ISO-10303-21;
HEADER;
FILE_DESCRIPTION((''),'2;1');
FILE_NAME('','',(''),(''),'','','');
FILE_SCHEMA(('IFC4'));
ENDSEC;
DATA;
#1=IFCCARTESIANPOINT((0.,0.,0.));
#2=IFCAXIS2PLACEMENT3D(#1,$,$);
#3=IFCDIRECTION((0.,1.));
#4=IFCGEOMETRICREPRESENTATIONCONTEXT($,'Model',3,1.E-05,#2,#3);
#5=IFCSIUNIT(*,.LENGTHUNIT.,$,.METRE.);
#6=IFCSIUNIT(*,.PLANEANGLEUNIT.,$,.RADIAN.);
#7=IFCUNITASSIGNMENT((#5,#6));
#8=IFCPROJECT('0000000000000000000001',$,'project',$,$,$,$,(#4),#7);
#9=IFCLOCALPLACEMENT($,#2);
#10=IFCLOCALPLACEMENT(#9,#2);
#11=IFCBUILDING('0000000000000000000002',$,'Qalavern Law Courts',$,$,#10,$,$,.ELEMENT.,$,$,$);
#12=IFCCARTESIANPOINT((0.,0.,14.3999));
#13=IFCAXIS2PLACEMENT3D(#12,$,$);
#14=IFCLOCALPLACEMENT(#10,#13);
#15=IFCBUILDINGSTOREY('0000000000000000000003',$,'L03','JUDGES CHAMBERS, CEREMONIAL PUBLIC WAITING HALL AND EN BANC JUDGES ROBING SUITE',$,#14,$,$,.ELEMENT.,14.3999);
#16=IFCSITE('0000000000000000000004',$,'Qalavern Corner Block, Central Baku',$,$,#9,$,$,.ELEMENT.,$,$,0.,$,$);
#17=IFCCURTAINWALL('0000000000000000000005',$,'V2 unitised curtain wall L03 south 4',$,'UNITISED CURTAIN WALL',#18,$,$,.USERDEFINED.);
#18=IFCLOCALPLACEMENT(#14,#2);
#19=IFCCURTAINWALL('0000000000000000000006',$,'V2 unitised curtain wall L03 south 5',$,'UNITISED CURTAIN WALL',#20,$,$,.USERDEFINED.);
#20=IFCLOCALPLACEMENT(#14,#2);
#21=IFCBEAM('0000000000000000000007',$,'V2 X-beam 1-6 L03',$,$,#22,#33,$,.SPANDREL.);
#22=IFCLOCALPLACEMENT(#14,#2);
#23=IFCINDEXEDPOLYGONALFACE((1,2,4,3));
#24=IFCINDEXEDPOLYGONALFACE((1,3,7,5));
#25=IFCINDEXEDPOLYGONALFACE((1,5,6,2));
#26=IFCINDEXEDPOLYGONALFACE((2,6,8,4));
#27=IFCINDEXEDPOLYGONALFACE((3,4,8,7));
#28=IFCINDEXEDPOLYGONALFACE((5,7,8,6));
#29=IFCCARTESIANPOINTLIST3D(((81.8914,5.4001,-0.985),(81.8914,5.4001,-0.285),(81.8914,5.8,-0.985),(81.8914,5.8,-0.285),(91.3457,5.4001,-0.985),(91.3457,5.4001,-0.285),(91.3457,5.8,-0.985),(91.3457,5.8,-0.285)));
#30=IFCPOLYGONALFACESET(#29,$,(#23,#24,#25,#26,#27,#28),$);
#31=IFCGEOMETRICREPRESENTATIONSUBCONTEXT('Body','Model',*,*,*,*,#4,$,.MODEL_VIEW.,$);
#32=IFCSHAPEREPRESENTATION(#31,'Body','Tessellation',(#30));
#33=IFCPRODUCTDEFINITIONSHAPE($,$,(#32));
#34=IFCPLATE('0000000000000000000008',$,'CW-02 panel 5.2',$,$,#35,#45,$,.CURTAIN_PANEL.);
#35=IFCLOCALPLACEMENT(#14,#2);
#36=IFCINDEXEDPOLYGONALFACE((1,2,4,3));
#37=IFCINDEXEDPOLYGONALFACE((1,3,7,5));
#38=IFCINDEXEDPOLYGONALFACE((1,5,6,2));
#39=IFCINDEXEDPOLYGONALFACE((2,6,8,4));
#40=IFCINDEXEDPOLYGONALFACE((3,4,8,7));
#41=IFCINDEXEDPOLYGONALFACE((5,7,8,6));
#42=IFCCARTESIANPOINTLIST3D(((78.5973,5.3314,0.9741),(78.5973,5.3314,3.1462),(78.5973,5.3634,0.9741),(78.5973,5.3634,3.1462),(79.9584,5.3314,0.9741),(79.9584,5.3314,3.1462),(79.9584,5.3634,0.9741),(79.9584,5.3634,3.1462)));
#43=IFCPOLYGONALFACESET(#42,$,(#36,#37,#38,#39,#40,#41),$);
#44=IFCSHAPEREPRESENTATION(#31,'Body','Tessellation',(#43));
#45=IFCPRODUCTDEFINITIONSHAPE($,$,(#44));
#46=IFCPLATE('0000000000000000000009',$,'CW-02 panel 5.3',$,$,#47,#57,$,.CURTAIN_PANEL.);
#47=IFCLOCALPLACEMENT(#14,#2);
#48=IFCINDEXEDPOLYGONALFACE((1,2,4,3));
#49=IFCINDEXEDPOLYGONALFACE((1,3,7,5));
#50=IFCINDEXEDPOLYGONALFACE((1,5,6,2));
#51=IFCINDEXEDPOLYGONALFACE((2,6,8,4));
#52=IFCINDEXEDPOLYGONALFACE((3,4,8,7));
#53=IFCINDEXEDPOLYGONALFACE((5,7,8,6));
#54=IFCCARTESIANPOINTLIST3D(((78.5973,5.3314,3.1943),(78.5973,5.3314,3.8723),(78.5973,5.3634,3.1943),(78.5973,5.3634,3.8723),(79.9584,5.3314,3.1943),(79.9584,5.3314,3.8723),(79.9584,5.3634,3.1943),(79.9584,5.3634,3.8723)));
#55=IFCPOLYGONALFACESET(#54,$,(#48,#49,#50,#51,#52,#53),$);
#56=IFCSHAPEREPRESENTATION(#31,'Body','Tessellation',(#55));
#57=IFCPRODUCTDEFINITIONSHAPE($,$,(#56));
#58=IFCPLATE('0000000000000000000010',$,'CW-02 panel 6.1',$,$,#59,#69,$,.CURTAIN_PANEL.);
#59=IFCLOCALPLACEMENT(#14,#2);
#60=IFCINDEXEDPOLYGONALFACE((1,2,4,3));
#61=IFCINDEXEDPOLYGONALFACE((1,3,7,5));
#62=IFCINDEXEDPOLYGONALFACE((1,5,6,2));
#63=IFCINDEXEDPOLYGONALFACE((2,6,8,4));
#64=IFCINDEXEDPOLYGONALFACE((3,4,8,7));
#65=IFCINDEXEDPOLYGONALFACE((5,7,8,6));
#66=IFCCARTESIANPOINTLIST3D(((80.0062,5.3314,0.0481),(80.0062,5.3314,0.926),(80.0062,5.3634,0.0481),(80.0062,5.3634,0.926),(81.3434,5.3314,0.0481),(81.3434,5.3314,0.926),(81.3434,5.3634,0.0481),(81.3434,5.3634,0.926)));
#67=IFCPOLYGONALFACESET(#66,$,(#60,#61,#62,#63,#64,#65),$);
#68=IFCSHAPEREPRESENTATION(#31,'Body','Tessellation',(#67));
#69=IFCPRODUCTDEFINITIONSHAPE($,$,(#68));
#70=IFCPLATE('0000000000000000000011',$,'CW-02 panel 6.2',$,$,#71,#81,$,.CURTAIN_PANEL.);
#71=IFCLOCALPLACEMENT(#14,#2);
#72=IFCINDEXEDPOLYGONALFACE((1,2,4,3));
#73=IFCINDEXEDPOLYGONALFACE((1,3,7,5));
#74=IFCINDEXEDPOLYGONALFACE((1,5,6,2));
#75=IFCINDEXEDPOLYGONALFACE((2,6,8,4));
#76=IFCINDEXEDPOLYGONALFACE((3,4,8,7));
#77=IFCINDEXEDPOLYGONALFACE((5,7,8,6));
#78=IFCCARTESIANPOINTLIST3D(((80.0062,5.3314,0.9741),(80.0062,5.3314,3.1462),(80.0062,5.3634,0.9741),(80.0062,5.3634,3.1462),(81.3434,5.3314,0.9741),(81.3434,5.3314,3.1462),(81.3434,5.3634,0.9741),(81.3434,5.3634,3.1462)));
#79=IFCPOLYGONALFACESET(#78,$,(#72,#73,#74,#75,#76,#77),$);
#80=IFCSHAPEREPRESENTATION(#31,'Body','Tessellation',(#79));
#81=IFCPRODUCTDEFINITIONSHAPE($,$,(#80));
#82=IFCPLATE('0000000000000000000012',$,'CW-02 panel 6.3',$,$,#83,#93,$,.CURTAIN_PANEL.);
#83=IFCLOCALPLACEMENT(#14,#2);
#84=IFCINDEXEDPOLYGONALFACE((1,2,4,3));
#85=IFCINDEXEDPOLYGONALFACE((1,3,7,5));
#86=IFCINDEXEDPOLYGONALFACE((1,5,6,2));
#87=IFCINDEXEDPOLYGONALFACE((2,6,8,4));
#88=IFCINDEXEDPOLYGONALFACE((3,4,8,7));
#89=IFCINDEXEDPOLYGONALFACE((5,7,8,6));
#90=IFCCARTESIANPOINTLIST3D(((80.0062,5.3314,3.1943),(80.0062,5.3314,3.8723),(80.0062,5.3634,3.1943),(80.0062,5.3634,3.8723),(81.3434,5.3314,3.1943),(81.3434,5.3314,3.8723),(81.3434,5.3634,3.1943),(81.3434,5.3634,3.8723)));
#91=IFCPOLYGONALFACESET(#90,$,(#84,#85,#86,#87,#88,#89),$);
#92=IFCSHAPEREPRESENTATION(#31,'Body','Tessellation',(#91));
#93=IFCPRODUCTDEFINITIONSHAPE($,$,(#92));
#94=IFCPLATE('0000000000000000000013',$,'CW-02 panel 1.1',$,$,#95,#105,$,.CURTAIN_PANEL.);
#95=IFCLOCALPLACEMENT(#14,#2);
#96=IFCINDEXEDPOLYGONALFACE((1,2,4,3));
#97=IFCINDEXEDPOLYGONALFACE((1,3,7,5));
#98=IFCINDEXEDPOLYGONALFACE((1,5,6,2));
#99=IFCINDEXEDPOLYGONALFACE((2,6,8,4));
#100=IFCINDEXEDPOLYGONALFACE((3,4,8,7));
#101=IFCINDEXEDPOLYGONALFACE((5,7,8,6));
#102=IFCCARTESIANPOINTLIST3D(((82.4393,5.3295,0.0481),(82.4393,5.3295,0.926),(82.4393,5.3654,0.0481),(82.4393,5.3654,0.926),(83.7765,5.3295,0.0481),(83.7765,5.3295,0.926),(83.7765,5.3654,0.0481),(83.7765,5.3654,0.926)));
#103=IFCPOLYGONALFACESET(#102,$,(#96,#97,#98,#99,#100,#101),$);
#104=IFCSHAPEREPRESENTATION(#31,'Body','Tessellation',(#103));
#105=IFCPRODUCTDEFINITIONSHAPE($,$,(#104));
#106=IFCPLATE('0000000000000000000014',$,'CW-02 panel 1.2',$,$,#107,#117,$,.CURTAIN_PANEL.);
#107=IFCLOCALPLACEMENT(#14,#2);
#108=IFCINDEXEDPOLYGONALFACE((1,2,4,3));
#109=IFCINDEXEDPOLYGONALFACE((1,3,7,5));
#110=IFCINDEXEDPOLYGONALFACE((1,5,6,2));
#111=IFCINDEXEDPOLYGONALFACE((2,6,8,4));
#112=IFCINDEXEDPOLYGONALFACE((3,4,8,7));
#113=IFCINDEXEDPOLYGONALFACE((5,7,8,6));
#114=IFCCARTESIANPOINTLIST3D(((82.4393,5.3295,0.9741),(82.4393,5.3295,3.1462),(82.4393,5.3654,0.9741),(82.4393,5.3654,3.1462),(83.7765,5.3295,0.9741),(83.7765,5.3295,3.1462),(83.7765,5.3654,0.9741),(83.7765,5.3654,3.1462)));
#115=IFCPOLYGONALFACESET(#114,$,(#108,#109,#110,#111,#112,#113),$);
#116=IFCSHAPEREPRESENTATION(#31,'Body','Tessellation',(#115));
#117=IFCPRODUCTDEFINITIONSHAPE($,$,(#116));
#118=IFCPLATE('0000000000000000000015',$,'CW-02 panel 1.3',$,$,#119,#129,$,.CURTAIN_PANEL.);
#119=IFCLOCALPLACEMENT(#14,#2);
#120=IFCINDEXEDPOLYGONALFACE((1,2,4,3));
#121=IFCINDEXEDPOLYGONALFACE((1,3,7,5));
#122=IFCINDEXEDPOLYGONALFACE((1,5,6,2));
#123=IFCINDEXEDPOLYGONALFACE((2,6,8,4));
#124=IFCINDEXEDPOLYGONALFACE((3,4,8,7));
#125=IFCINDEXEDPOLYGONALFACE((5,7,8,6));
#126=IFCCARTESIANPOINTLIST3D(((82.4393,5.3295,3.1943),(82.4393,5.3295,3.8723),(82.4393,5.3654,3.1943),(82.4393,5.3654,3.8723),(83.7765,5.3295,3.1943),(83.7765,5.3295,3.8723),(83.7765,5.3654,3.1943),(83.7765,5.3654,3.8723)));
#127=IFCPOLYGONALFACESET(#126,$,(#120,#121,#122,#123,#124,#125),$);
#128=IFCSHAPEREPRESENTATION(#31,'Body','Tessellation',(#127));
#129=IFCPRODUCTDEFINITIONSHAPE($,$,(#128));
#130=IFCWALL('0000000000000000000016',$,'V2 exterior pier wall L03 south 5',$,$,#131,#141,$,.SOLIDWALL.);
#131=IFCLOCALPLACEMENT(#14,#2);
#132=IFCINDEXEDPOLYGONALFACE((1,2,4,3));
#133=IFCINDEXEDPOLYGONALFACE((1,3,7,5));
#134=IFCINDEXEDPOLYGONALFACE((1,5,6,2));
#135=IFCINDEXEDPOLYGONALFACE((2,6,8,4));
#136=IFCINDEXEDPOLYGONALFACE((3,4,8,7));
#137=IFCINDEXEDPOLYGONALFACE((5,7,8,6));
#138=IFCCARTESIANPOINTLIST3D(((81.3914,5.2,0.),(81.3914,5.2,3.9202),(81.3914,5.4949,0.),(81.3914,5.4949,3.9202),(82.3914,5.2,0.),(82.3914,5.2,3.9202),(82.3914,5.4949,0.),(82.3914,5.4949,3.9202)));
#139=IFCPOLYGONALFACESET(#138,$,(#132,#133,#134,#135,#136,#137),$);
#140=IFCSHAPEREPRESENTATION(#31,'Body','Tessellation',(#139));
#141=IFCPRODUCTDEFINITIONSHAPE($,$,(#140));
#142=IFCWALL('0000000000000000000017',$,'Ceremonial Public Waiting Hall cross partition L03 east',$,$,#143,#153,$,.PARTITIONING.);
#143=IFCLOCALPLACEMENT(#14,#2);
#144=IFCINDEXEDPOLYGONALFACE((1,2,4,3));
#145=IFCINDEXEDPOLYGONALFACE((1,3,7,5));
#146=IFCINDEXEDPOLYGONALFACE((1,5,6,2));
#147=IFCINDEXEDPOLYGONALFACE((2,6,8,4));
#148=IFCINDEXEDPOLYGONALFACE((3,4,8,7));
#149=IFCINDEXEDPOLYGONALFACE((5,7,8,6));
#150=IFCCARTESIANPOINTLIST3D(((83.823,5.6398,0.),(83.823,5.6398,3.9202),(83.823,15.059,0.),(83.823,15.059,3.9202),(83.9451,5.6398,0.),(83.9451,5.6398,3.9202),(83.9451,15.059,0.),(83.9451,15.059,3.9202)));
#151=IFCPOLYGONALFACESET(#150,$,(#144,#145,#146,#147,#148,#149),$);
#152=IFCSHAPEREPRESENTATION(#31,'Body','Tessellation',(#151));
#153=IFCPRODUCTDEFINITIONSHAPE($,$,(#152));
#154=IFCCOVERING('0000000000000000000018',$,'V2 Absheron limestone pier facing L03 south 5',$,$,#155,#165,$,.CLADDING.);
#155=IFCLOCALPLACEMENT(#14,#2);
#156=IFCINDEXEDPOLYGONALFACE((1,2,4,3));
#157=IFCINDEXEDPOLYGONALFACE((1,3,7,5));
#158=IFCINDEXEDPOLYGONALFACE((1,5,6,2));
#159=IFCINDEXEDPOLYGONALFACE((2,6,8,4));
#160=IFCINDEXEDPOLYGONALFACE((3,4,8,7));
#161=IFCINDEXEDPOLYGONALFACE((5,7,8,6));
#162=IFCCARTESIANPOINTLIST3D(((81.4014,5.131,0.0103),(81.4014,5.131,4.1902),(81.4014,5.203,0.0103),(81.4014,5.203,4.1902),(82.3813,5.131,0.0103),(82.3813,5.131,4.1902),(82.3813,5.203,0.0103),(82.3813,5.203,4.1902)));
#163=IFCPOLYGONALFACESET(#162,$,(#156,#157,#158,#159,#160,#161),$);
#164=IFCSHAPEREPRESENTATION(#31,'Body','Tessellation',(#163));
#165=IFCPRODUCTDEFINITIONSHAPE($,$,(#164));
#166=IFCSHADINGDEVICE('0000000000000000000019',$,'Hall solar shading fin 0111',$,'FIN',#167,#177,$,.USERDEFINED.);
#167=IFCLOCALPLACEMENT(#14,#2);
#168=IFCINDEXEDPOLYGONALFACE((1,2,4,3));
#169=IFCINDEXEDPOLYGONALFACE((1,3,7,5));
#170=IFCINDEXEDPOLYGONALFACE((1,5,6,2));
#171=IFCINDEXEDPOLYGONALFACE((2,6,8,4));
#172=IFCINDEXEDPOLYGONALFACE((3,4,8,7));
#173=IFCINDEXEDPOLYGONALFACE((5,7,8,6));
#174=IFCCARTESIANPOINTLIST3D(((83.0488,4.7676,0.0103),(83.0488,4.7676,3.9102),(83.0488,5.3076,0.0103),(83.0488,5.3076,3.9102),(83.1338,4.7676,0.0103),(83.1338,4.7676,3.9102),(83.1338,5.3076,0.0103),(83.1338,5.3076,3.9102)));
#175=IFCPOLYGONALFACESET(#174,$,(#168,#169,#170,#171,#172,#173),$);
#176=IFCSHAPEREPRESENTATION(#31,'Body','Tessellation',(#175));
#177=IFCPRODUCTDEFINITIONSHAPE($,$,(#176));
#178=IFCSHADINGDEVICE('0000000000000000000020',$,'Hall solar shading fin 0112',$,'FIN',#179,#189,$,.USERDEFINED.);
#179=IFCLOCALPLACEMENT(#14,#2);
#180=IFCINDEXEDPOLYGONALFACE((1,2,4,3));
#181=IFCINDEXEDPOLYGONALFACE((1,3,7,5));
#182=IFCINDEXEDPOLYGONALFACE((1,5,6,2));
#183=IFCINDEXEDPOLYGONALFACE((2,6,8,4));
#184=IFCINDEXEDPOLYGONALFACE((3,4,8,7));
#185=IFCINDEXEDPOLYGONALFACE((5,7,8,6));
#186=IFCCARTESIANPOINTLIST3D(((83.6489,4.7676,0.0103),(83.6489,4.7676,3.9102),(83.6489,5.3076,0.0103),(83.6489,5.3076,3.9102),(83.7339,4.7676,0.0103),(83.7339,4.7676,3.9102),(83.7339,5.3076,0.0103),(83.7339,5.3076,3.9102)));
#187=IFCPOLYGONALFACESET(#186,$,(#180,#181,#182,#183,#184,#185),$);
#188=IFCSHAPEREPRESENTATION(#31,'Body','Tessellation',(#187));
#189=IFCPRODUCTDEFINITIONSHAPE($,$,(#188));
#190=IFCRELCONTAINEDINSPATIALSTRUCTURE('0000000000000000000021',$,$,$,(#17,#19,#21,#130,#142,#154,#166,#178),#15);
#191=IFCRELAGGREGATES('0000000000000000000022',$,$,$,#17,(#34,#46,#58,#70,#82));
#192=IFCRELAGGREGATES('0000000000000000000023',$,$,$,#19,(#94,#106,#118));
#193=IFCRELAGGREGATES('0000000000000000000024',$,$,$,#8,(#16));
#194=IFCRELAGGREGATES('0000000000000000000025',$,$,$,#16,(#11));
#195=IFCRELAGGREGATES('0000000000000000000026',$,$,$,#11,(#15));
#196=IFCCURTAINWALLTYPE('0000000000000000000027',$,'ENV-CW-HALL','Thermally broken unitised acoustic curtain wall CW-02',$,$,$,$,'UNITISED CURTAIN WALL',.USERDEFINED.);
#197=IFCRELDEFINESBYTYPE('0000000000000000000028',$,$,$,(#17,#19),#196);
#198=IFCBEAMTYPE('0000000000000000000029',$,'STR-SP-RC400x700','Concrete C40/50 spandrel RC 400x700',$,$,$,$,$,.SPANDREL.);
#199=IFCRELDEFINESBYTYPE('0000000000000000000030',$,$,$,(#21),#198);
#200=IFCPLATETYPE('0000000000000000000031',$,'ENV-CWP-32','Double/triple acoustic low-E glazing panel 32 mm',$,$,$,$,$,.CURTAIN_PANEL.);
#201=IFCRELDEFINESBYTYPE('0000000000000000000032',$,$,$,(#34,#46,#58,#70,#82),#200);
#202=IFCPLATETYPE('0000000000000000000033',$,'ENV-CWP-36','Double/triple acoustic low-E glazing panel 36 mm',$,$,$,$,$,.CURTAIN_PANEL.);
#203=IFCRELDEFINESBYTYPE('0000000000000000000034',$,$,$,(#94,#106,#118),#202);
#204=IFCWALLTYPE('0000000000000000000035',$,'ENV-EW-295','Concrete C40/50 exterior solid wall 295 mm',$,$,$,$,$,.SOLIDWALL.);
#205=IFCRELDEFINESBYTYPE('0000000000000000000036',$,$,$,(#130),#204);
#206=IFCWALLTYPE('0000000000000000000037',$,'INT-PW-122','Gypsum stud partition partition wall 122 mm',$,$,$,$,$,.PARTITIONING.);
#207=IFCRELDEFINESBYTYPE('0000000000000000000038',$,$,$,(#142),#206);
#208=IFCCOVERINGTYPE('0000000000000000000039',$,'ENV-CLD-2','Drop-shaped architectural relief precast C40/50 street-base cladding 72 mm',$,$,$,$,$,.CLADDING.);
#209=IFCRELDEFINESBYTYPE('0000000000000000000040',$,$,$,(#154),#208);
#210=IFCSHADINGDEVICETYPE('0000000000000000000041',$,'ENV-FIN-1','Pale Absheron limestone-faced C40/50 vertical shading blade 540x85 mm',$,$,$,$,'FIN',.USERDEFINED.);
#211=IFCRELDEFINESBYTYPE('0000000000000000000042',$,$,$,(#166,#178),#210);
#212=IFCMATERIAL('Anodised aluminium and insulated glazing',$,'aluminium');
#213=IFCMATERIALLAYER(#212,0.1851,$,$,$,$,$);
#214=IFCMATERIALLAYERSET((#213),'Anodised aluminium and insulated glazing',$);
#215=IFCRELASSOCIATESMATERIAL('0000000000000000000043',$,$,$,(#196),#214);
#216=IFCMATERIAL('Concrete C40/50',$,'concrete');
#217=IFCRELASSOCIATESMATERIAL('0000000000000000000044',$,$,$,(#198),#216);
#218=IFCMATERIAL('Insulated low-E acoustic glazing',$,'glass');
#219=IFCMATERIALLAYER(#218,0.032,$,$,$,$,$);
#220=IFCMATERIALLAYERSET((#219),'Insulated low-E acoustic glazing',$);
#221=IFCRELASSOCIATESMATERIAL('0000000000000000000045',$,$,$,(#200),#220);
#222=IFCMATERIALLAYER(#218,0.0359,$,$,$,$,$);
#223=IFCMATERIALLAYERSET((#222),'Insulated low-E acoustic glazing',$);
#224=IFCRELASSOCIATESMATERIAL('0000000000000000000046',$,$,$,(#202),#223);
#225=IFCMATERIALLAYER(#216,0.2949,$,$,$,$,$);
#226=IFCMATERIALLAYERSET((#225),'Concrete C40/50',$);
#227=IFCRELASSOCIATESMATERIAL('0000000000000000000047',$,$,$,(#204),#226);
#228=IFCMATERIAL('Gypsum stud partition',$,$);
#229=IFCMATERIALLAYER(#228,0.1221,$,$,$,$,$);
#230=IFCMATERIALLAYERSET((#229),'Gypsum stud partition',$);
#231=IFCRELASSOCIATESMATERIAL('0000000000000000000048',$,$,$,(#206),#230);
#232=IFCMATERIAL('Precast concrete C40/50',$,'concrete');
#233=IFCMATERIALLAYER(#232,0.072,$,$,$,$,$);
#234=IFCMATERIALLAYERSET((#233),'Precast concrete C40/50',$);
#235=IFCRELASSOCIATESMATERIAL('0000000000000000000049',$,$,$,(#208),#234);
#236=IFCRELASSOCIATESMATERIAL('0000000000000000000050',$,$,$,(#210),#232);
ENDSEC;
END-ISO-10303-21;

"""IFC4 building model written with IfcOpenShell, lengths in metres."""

from ifc_helpers import new_model, si_unit, direction, frame, frame_2d, origin, origin_2d, place, context, subcontext, project, spatial, rectangle, extrude, material, layer, layer_set, material_profile, profile_set, type_object, element, aggregate, save


model = new_model("IFC4")

# Units and contexts
model_context = context("Model", 3, precision=1e-05, world=origin(), true_north=direction((0.0, 1.0)))
body_context = subcontext(model_context, "Body", "Model", "MODEL_VIEW")
ifc_project = project(units=[si_unit("LENGTHUNIT", "METRE"), si_unit("PLANEANGLEUNIT", "RADIAN")], contexts=[model_context])

# Site, building, storey
site_placement = place(None, origin())
site = spatial("IfcSite", under=ifc_project, at=site_placement, Name="Qalavern Corner Block, Central Baku", CompositionType="ELEMENT", RefElevation=0.0)
building_placement = place(site_placement, origin())
building = spatial("IfcBuilding", under=site, at=building_placement, Name="Qalavern Law Courts", CompositionType="ELEMENT")
storey_placement = place(building_placement, frame((0.0, 0.0, 14.3999)))
storey = spatial("IfcBuildingStorey", under=building, at=storey_placement, Name="L03", Description="JUDGES CHAMBERS, CEREMONIAL PUBLIC WAITING HALL AND EN BANC JUDGES ROBING SUITE", CompositionType="ELEMENT", Elevation=14.3999)

# Curtain walls
ifc_material_1 = material(Name="Anodised aluminium and insulated glazing", Category="aluminium")
ifc_layer_1 = layer(ifc_material_1, 0.1851)
ifc_layer_set_1 = layer_set([ifc_layer_1], Name="Anodised aluminium and insulated glazing")
curtain_wall_type = type_object("IfcCurtainWallType", Name="ENV-CW-HALL", Description="Thermally broken unitised acoustic curtain wall CW-02", ElementType="UNITISED CURTAIN WALL", PredefinedType="USERDEFINED", material=ifc_layer_set_1)
curtain_wall_1_placement = place(storey_placement, origin())
curtain_wall_1 = element("IfcCurtainWall", 1, at=curtain_wall_1_placement, inside=storey, type_object=curtain_wall_type, Name="V2 unitised curtain wall L03 south 4", ObjectType="UNITISED CURTAIN WALL", PredefinedType="USERDEFINED")
curtain_wall_2_placement = place(storey_placement, origin())
curtain_wall_2 = element("IfcCurtainWall", 2, at=curtain_wall_2_placement, inside=storey, type_object=curtain_wall_type, Name="V2 unitised curtain wall L03 south 5", ObjectType="UNITISED CURTAIN WALL", PredefinedType="USERDEFINED")

# Beam
ifc_material_2 = material(Name="Concrete C40/50", Category="concrete")
ifc_material_profile_1 = material_profile(ifc_material_2, rectangle(XDim=0.3999, YDim=0.7, at=origin_2d()), Name="RC 400x700")
ifc_profile_set_1 = profile_set([ifc_material_profile_1], Name="Concrete C40/50")
beam_type_1 = type_object("IfcBeamType", Name="STR-SP-RC400x700", Description="Concrete C40/50 spandrel RC 400x700", PredefinedType="SPANDREL", material=ifc_profile_set_1)
beam_1_placement = place(storey_placement, frame((81.8914, 5.6001, -0.635), z_axis=(1.0, 0.0, 0.0), x_axis=(0.0, 1.0, 0.0)))
element("IfcBeam", 3, at=beam_1_placement, inside=storey, type_object=beam_type_1, Name="V2 X-beam 1-6 L03", PredefinedType="SPANDREL", context=body_context, shape_type="SweptSolid", body=[
    extrude(rectangle(XDim=0.3999, YDim=0.7, at=origin_2d()), origin(), (0.0, 0.0, 1.0), 9.4543),
])

# Plates
ifc_material_3 = material(Name="Insulated low-E acoustic glazing", Category="glass")
ifc_layer_2 = layer(ifc_material_3, 0.032)
ifc_layer_set_2 = layer_set([ifc_layer_2], Name="Insulated low-E acoustic glazing")
plate_type_1 = type_object("IfcPlateType", Name="ENV-CWP-32", Description="Double/triple acoustic low-E glazing panel 32 mm", PredefinedType="CURTAIN_PANEL", material=ifc_layer_set_2)
plate_1_placement = place(storey_placement, frame((79.2778, 5.3474, 0.9741), z_axis=(0.0, 0.0, 1.0), x_axis=(1.0, 0.0, 0.0)))
plate_1 = element("IfcPlate", 4, at=plate_1_placement, type_object=plate_type_1, Name="CW-02 panel 5.2", PredefinedType="CURTAIN_PANEL", context=body_context, shape_type="SweptSolid", body=[
    extrude(rectangle(XDim=1.3611, YDim=0.032, at=origin_2d()), origin(), (0.0, 0.0, 1.0), 2.1721),
])
plate_2_placement = place(storey_placement, frame((79.2778, 5.3474, 3.1943), z_axis=(0.0, 0.0, 1.0), x_axis=(1.0, 0.0, 0.0)))
plate_2 = element("IfcPlate", 5, at=plate_2_placement, type_object=plate_type_1, Name="CW-02 panel 5.3", PredefinedType="CURTAIN_PANEL", context=body_context, shape_type="SweptSolid", body=[
    extrude(rectangle(XDim=1.3611, YDim=0.032, at=origin_2d()), origin(), (0.0, 0.0, 1.0), 0.678),
])
plate_3_placement = place(storey_placement, frame((80.6748, 5.3474, 0.0481), z_axis=(0.0, 0.0, 1.0), x_axis=(1.0, 0.0, 0.0)))
plate_3 = element("IfcPlate", 6, at=plate_3_placement, type_object=plate_type_1, Name="CW-02 panel 6.1", PredefinedType="CURTAIN_PANEL", context=body_context, shape_type="SweptSolid", body=[
    extrude(rectangle(XDim=1.3372, YDim=0.032, at=origin_2d()), origin(), (0.0, 0.0, 1.0), 0.8779),
])
plate_4_placement = place(storey_placement, frame((80.6748, 5.3474, 0.9741), z_axis=(0.0, 0.0, 1.0), x_axis=(1.0, 0.0, 0.0)))
plate_4 = element("IfcPlate", 7, at=plate_4_placement, type_object=plate_type_1, Name="CW-02 panel 6.2", PredefinedType="CURTAIN_PANEL", context=body_context, shape_type="SweptSolid", body=[
    extrude(rectangle(XDim=1.3372, YDim=0.032, at=origin_2d()), origin(), (0.0, 0.0, 1.0), 2.1721),
])
plate_5_placement = place(storey_placement, frame((80.6748, 5.3474, 3.1943), z_axis=(0.0, 0.0, 1.0), x_axis=(1.0, 0.0, 0.0)))
plate_5 = element("IfcPlate", 8, at=plate_5_placement, type_object=plate_type_1, Name="CW-02 panel 6.3", PredefinedType="CURTAIN_PANEL", context=body_context, shape_type="SweptSolid", body=[
    extrude(rectangle(XDim=1.3372, YDim=0.032, at=origin_2d()), origin(), (0.0, 0.0, 1.0), 0.678),
])
aggregate(curtain_wall_1, [plate_1, plate_2, plate_3, plate_4, plate_5])
ifc_layer_3 = layer(ifc_material_3, 0.0359)
ifc_layer_set_3 = layer_set([ifc_layer_3], Name="Insulated low-E acoustic glazing")
plate_type_2 = type_object("IfcPlateType", Name="ENV-CWP-36", Description="Double/triple acoustic low-E glazing panel 36 mm", PredefinedType="CURTAIN_PANEL", material=ifc_layer_set_3)
plate_6_placement = place(storey_placement, frame((83.1079, 5.3474, 0.0481), z_axis=(0.0, 0.0, 1.0), x_axis=(1.0, 0.0, 0.0)))
plate_6 = element("IfcPlate", 9, at=plate_6_placement, type_object=plate_type_2, Name="CW-02 panel 1.1", PredefinedType="CURTAIN_PANEL", context=body_context, shape_type="SweptSolid", body=[
    extrude(rectangle(XDim=1.3372, YDim=0.0359, at=origin_2d()), origin(), (0.0, 0.0, 1.0), 0.8779),
])
plate_7_placement = place(storey_placement, frame((83.1079, 5.3474, 0.9741), z_axis=(0.0, 0.0, 1.0), x_axis=(1.0, 0.0, 0.0)))
plate_7 = element("IfcPlate", 10, at=plate_7_placement, type_object=plate_type_2, Name="CW-02 panel 1.2", PredefinedType="CURTAIN_PANEL", context=body_context, shape_type="SweptSolid", body=[
    extrude(rectangle(XDim=1.3372, YDim=0.0359, at=origin_2d()), origin(), (0.0, 0.0, 1.0), 2.1721),
])
plate_8_placement = place(storey_placement, frame((83.1079, 5.3474, 3.1943), z_axis=(0.0, 0.0, 1.0), x_axis=(1.0, 0.0, 0.0)))
plate_8 = element("IfcPlate", 11, at=plate_8_placement, type_object=plate_type_2, Name="CW-02 panel 1.3", PredefinedType="CURTAIN_PANEL", context=body_context, shape_type="SweptSolid", body=[
    extrude(rectangle(XDim=1.3372, YDim=0.0359, at=origin_2d()), origin(), (0.0, 0.0, 1.0), 0.678),
])
aggregate(curtain_wall_2, [plate_6, plate_7, plate_8])

# Walls
ifc_layer_4 = layer(ifc_material_2, 0.2949)
ifc_layer_set_4 = layer_set([ifc_layer_4], Name="Concrete C40/50")
wall_type_1 = type_object("IfcWallType", Name="ENV-EW-295", Description="Concrete C40/50 exterior solid wall 295 mm", PredefinedType="SOLIDWALL", material=ifc_layer_set_4)
wall_1_placement = place(storey_placement, frame((81.3914, 5.3474, 0.0), z_axis=(0.0, 0.0, 1.0), x_axis=(1.0, 0.0, 0.0)))
element("IfcWall", 12, at=wall_1_placement, inside=storey, type_object=wall_type_1, Name="V2 exterior pier wall L03 south 5", PredefinedType="SOLIDWALL", context=body_context, shape_type="SweptSolid", body=[
    extrude(rectangle(XDim=1.0, YDim=0.2949, at=frame_2d((0.5, 0.0))), origin(), (0.0, 0.0, 1.0), 3.9202),
])
ifc_material_4 = material(Name="Gypsum stud partition")
ifc_layer_5 = layer(ifc_material_4, 0.1221)
ifc_layer_set_5 = layer_set([ifc_layer_5], Name="Gypsum stud partition")
wall_type_2 = type_object("IfcWallType", Name="INT-PW-122", Description="Gypsum stud partition partition wall 122 mm", PredefinedType="PARTITIONING", material=ifc_layer_set_5)
wall_2_placement = place(storey_placement, frame((83.884, 5.6399, 0.0), z_axis=(0.0, 0.0, 1.0), x_axis=(0.0, 1.0, 0.0)))
element("IfcWall", 13, at=wall_2_placement, inside=storey, type_object=wall_type_2, Name="Ceremonial Public Waiting Hall cross partition L03 east", PredefinedType="PARTITIONING", context=body_context, shape_type="SweptSolid", body=[
    extrude(rectangle(XDim=9.4192, YDim=0.1221, at=frame_2d((4.7095, 0.0))), origin(), (0.0, 0.0, 1.0), 3.9202),
])

# Covering
ifc_material_5 = material(Name="Precast concrete C40/50", Category="concrete")
ifc_layer_6 = layer(ifc_material_5, 0.072)
ifc_layer_set_6 = layer_set([ifc_layer_6], Name="Precast concrete C40/50")
covering_type = type_object("IfcCoveringType", Name="ENV-CLD-2", Description="Drop-shaped architectural relief precast C40/50 street-base cladding 72 mm", PredefinedType="CLADDING", material=ifc_layer_set_6)
covering_placement = place(storey_placement, frame((81.8914, 5.167, 0.0103), z_axis=(0.0, 0.0, 1.0), x_axis=(1.0, 0.0, 0.0)))
element("IfcCovering", 14, at=covering_placement, inside=storey, type_object=covering_type, Name="V2 Absheron limestone pier facing L03 south 5", PredefinedType="CLADDING", context=body_context, shape_type="SweptSolid", body=[
    extrude(rectangle(XDim=0.98, YDim=0.072, at=origin_2d()), origin(), (0.0, 0.0, 1.0), 4.1799),
])

# Shading devices
shading_device_type_1 = type_object("IfcShadingDeviceType", Name="ENV-FIN-1", Description="Pale Absheron limestone-faced C40/50 vertical shading blade 540x85 mm", ElementType="FIN", PredefinedType="USERDEFINED", material=ifc_material_5)
for number, where, z_axis, x_axis, name in (
    (15, (83.0913, 5.0376, 0.0103), (0.0, 0.0, 1.0), (0.0, -1.0, 0.0), "Hall solar shading fin 0111"),
    (16, (83.6914, 5.0376, 0.0103), (0.0, 0.0, 1.0), (0.0, -1.0, 0.0), "Hall solar shading fin 0112"),
):
    element("IfcShadingDevice", number, at=place(storey_placement, frame(where, z_axis=z_axis, x_axis=x_axis)), inside=storey, type_object=shading_device_type_1, Name=name, ObjectType="FIN", PredefinedType="USERDEFINED", context=body_context, shape_type="SweptSolid", body=[
        extrude(rectangle(XDim=0.54, YDim=0.085, at=origin_2d()), origin(), (0.0, 0.0, 1.0), 3.8999),
    ])

save(model, "model.ifc")
